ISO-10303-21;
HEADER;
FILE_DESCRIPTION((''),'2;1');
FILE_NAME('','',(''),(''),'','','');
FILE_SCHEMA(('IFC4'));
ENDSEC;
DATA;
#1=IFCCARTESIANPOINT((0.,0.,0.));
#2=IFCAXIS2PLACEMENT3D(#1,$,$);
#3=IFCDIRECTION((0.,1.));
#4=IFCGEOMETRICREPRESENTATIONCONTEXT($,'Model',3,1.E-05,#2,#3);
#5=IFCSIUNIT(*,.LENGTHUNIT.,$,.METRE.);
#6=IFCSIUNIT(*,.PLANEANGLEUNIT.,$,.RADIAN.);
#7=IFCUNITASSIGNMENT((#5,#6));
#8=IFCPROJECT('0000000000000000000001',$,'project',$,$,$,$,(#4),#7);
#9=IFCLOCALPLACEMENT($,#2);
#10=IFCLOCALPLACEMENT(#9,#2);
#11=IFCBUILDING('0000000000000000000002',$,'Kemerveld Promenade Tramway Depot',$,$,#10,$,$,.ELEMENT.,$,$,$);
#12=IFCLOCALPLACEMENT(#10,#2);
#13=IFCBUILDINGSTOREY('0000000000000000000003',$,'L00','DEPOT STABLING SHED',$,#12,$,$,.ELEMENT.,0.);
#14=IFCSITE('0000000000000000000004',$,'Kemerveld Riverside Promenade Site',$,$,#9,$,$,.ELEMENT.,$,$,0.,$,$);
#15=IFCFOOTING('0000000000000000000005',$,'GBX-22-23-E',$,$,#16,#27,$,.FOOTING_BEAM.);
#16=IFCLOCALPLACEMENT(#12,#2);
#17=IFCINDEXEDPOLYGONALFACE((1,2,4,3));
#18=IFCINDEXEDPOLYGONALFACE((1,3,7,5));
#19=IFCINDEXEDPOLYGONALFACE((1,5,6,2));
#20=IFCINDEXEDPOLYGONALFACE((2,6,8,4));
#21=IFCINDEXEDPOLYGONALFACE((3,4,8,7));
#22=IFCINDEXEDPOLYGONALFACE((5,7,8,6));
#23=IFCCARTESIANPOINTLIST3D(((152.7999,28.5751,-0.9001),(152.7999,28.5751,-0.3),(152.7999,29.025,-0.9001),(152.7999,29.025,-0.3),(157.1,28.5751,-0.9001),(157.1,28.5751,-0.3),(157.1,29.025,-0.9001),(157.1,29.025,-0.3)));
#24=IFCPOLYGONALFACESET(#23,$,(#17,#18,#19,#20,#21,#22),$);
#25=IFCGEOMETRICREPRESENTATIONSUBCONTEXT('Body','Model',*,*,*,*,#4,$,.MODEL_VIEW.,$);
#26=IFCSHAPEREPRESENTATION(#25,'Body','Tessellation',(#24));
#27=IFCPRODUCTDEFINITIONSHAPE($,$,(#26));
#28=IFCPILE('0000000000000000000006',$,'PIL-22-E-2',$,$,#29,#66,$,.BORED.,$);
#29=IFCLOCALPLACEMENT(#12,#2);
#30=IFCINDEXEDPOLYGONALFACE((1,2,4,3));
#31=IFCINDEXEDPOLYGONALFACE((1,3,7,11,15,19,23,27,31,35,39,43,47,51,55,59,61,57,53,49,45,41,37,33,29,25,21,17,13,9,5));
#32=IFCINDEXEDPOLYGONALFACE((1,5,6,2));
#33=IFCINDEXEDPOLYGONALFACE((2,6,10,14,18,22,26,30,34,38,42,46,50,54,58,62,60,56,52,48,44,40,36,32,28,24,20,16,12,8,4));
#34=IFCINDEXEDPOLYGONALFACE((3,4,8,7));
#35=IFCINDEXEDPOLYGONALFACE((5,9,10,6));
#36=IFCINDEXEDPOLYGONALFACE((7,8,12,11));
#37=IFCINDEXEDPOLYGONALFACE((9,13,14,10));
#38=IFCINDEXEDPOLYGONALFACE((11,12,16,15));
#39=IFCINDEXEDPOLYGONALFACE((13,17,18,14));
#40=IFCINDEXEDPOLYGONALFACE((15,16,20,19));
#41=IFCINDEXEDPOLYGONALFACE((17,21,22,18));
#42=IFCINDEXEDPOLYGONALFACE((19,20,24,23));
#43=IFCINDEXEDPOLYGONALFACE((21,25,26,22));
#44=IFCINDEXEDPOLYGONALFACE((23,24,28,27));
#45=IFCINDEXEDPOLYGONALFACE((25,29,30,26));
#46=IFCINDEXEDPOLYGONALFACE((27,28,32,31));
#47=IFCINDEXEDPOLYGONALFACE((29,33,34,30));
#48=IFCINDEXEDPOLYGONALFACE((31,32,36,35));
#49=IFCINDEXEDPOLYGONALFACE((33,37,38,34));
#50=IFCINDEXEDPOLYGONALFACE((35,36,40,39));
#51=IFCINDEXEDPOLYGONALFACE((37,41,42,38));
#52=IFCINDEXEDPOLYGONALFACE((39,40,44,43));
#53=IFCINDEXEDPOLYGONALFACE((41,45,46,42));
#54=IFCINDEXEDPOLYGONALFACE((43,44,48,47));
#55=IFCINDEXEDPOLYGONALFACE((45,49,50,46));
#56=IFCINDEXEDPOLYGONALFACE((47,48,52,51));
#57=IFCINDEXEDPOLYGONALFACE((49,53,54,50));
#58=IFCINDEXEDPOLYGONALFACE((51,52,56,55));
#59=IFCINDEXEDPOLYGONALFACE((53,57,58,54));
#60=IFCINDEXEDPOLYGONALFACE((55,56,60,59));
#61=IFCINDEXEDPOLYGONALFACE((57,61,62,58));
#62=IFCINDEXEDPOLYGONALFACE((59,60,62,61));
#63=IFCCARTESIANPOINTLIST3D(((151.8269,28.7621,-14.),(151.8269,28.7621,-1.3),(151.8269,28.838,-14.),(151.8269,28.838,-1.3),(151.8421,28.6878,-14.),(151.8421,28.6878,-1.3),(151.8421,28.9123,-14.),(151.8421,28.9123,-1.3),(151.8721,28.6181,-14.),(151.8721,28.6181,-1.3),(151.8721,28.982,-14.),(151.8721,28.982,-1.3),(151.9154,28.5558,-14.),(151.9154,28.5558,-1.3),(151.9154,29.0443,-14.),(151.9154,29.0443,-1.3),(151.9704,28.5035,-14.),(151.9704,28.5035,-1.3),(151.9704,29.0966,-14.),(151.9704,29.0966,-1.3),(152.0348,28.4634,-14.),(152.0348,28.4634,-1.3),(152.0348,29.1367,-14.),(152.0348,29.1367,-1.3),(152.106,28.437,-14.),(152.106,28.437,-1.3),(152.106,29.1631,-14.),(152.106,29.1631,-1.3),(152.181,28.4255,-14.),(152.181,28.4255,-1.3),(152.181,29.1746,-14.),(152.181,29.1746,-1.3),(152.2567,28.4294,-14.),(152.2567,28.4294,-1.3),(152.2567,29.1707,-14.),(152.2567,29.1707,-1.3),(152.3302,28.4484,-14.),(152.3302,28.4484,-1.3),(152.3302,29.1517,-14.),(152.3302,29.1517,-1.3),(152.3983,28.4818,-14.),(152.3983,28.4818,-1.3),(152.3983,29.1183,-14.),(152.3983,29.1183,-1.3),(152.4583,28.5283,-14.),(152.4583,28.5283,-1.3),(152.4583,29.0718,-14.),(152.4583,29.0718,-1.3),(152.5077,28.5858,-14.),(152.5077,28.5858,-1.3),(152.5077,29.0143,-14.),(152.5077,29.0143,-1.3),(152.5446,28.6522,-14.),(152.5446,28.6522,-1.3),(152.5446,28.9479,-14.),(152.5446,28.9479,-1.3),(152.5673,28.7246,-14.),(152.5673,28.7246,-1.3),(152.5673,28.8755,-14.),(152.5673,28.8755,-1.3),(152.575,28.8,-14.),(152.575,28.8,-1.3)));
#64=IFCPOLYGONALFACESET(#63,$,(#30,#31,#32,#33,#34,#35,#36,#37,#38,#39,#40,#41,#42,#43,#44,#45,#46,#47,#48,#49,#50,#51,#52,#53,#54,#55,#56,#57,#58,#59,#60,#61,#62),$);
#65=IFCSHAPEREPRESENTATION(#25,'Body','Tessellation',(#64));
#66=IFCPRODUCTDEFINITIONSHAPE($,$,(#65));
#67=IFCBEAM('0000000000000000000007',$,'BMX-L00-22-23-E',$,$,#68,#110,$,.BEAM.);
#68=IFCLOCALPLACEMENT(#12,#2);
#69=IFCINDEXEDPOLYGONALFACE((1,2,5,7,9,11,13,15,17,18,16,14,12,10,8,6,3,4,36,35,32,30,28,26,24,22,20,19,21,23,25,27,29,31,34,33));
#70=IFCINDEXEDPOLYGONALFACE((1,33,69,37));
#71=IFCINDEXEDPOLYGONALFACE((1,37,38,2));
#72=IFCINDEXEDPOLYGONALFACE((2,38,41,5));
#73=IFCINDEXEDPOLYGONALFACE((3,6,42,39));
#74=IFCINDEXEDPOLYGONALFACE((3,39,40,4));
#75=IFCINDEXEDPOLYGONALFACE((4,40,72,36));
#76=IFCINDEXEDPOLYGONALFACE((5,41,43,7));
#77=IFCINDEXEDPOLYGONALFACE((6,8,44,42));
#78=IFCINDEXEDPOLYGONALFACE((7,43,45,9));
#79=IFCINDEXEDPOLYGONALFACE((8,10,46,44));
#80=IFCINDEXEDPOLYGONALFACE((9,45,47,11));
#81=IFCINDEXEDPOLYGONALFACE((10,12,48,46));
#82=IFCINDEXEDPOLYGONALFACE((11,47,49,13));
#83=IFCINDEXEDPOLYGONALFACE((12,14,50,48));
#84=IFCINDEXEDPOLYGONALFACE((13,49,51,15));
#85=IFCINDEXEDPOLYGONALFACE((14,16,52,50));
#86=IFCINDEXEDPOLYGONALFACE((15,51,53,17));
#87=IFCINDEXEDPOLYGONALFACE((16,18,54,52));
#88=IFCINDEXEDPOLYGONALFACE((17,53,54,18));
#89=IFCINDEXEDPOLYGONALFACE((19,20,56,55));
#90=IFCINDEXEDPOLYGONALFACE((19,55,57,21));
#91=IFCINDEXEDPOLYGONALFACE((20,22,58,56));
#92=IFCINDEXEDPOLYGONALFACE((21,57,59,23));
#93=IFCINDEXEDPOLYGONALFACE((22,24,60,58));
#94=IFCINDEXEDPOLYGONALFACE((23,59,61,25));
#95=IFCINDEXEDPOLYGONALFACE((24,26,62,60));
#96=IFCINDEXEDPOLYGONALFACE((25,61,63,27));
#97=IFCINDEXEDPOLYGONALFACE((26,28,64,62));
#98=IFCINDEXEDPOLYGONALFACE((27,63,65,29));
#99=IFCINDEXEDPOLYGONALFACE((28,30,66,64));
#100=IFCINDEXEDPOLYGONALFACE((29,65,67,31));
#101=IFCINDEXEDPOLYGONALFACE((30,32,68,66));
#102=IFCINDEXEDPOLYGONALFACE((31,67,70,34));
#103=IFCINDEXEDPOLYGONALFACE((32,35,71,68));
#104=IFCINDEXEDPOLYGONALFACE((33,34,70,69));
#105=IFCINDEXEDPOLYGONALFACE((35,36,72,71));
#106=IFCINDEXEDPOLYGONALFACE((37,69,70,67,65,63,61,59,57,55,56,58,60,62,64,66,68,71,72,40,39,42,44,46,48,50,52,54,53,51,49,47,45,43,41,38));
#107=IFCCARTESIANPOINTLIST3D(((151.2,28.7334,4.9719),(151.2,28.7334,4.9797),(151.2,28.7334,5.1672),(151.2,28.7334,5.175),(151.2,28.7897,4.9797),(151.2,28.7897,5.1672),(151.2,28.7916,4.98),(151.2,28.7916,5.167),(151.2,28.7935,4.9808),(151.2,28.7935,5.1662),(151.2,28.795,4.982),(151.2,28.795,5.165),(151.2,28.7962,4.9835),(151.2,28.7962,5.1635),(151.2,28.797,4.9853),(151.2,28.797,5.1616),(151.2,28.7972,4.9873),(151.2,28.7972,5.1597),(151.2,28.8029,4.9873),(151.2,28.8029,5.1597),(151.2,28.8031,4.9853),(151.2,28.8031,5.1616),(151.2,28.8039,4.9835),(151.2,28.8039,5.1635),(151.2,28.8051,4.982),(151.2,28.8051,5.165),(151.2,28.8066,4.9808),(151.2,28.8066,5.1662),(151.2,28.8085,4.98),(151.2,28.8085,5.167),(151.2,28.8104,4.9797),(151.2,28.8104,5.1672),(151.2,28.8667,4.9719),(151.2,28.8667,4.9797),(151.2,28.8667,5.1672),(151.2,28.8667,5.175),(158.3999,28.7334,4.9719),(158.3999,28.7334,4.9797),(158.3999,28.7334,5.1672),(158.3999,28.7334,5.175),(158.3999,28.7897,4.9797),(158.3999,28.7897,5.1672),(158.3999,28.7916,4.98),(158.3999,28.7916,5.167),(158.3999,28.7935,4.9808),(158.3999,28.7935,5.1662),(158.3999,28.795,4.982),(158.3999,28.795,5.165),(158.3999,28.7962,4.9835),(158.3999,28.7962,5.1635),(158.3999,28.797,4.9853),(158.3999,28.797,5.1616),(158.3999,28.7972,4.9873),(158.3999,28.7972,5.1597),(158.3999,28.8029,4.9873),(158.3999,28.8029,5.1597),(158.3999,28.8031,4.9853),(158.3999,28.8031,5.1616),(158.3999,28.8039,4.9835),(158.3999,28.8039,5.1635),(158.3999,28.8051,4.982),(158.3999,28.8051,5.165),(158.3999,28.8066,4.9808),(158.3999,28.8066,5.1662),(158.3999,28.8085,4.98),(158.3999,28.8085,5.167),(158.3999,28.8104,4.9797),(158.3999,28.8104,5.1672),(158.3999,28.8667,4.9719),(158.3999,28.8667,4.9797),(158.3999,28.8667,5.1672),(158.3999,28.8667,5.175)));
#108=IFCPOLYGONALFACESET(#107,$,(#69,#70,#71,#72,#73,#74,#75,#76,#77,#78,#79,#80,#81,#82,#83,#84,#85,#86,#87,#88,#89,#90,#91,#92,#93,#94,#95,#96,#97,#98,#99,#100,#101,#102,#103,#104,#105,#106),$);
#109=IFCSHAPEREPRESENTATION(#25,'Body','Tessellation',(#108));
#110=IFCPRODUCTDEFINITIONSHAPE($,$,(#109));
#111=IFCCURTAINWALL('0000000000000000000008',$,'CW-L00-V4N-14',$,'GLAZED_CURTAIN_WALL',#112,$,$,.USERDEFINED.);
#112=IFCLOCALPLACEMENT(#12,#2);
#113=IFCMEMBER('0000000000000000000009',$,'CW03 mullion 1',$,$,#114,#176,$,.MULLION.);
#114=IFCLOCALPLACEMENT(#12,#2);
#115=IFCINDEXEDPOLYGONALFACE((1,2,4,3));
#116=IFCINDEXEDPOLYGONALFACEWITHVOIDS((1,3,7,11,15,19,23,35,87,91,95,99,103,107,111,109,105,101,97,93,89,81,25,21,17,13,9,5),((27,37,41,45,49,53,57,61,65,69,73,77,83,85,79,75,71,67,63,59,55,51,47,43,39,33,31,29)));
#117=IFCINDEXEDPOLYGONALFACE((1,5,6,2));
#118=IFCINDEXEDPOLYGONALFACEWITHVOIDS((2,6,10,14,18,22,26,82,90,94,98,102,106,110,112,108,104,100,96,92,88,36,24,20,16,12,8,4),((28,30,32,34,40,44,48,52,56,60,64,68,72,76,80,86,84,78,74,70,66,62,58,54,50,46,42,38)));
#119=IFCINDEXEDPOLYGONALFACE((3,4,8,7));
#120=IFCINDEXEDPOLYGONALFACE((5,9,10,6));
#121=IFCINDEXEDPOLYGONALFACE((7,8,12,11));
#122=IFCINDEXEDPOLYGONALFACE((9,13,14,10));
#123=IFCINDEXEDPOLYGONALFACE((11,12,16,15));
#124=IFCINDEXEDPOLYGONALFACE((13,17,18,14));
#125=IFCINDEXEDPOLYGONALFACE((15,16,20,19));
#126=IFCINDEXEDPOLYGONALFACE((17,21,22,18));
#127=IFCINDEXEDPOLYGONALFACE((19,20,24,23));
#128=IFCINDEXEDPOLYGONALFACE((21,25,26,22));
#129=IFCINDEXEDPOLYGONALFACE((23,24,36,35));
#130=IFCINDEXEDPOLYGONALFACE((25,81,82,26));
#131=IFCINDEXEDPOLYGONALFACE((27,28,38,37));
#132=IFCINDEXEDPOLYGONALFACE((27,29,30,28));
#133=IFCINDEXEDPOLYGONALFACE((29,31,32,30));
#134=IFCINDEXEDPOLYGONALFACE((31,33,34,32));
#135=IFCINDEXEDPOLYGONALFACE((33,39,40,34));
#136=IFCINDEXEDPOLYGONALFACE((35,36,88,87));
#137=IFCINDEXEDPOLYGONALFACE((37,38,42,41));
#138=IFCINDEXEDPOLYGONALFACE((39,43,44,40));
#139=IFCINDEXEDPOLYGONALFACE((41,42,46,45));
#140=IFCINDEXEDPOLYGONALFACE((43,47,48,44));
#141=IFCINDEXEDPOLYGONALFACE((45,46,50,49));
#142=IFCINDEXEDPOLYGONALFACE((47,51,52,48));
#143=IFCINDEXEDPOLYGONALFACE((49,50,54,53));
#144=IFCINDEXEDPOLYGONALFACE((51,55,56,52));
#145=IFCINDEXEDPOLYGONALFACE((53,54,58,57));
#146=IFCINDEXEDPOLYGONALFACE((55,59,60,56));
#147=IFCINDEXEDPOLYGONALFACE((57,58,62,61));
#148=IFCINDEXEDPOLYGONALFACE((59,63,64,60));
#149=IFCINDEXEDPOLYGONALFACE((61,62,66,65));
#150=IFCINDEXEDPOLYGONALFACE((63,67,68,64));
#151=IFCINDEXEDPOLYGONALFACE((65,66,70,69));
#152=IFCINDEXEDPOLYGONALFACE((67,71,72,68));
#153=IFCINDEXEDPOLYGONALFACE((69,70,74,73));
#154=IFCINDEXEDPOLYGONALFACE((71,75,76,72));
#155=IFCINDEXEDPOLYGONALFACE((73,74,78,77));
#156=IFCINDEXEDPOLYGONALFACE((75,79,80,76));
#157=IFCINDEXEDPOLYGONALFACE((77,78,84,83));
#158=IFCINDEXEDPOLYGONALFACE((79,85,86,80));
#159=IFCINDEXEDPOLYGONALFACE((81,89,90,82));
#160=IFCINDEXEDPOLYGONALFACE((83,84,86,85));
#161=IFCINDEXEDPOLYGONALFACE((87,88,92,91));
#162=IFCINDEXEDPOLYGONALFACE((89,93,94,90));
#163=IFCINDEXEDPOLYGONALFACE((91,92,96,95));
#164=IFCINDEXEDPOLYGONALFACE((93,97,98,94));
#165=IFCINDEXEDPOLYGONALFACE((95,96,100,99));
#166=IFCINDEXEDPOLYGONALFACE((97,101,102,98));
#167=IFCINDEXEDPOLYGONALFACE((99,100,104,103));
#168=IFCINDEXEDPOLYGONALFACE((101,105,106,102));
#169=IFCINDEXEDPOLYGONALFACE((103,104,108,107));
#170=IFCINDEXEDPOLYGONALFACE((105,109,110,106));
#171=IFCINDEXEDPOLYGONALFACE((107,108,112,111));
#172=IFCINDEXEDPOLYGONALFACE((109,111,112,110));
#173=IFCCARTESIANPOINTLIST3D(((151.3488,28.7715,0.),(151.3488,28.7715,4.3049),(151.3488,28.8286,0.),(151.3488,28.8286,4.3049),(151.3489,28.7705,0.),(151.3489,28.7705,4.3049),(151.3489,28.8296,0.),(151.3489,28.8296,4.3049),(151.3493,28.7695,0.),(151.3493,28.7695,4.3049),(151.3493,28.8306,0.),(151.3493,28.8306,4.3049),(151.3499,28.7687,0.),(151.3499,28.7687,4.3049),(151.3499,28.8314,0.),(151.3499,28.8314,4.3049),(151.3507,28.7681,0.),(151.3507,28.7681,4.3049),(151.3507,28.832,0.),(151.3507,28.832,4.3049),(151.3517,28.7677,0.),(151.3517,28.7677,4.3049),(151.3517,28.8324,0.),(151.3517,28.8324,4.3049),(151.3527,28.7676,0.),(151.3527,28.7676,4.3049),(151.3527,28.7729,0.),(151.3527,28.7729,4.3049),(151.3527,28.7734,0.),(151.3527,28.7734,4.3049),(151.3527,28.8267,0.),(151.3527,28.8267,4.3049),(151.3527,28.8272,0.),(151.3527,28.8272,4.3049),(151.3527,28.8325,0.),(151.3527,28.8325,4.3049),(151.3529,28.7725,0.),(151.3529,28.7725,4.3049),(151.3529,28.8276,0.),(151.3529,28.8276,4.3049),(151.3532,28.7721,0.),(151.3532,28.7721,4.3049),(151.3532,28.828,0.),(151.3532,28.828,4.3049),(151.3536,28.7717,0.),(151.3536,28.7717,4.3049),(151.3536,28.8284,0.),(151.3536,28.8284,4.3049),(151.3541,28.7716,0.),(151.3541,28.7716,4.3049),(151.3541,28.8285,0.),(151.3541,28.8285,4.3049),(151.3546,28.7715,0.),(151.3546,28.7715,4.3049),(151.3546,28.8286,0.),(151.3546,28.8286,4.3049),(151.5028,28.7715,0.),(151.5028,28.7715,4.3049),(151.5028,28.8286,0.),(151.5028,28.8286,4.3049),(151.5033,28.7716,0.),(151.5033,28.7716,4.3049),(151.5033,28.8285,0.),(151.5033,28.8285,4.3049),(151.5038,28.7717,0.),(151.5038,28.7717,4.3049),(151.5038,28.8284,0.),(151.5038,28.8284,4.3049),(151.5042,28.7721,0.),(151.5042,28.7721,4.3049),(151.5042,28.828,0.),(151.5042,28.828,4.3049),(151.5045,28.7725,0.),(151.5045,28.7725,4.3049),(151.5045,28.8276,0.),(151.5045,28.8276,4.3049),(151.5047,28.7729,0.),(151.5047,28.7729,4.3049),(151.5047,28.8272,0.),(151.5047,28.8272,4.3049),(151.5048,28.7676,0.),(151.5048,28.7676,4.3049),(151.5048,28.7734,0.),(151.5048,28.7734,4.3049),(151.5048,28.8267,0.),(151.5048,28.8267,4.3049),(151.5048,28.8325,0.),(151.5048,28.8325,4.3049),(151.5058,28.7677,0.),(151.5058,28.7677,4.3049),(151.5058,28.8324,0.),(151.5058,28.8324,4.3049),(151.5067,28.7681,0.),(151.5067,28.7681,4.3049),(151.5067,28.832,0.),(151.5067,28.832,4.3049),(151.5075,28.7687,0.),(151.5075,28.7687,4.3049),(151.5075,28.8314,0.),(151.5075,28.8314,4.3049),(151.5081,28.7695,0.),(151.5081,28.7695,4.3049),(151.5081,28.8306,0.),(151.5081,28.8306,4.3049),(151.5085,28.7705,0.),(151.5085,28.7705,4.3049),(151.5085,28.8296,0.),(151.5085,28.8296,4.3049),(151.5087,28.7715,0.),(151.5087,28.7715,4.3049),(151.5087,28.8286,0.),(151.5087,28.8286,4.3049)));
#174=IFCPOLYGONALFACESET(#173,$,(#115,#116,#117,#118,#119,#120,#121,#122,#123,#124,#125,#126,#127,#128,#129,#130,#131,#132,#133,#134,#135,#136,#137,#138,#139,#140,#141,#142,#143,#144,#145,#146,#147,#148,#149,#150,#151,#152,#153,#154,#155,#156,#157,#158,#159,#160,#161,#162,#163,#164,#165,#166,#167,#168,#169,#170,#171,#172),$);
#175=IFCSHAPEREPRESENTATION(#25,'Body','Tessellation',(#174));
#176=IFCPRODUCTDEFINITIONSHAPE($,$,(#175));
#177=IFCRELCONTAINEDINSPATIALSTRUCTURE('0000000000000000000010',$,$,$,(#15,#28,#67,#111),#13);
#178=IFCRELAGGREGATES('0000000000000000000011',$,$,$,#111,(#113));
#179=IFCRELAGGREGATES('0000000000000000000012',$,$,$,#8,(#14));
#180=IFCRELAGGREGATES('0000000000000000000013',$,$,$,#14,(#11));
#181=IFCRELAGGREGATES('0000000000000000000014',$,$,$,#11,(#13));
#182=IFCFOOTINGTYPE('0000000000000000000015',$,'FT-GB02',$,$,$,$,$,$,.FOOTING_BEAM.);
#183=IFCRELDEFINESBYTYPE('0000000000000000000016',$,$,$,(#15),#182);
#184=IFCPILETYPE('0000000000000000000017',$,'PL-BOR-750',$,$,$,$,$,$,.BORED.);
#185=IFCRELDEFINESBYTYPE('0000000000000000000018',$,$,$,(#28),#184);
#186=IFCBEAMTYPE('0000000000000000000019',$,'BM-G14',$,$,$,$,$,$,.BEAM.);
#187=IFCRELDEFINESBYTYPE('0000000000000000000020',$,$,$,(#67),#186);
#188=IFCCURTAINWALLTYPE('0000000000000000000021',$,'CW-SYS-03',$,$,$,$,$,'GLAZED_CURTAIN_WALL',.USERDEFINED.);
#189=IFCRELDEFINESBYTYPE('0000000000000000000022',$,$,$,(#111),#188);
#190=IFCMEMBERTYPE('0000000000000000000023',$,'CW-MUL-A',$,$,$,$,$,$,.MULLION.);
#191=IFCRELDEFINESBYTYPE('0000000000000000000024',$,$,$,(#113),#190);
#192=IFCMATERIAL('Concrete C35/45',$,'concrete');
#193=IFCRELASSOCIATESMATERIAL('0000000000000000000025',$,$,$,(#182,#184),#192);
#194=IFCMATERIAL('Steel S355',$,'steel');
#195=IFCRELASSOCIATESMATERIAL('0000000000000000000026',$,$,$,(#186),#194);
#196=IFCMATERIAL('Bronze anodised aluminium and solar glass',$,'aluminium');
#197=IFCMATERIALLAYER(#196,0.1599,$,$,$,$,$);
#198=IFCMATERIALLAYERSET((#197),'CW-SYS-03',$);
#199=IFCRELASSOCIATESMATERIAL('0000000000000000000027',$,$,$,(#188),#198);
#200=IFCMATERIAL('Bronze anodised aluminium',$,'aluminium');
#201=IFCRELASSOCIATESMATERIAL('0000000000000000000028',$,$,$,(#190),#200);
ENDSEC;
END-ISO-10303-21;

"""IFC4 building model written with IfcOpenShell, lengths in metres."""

from ifc_helpers import new_model, si_unit, direction, frame, origin, origin_2d, place, context, subcontext, project, spatial, rectangle, hollow_rectangle, circle, i_section, extrude, material, layer, layer_set, material_profile, profile_set, type_object, element, aggregate, save


model = new_model("IFC4")

# Units and contexts
model_context = context("Model", 3, precision=1e-05, world=origin(), true_north=direction((0.0, 1.0)))
body_context = subcontext(model_context, "Body", "Model", "MODEL_VIEW")
ifc_project = project(units=[si_unit("LENGTHUNIT", "METRE"), si_unit("PLANEANGLEUNIT", "RADIAN")], contexts=[model_context])

# Site, building, storey
site_placement = place(None, origin())
site = spatial("IfcSite", under=ifc_project, at=site_placement, Name="Kemerveld Riverside Promenade Site", CompositionType="ELEMENT", RefElevation=0.0)
building_placement = place(site_placement, origin())
building = spatial("IfcBuilding", under=site, at=building_placement, Name="Kemerveld Promenade Tramway Depot", CompositionType="ELEMENT")
storey_placement = place(building_placement, origin())
storey = spatial("IfcBuildingStorey", under=building, at=storey_placement, Name="L00", Description="DEPOT STABLING SHED", CompositionType="ELEMENT", Elevation=0.0)

# Footing
ifc_material_1 = material(Name="Concrete C35/45", Category="concrete")
footing_type = type_object("IfcFootingType", Name="FT-GB02", PredefinedType="FOOTING_BEAM", material=ifc_material_1)
footing_placement = place(storey_placement, frame((154.95, 28.8, -0.9001), z_axis=(0.0, 0.0, 1.0), x_axis=(1.0, 0.0, 0.0)))
element("IfcFooting", 1, at=footing_placement, inside=storey, type_object=footing_type, Name="GBX-22-23-E", PredefinedType="FOOTING_BEAM", context=body_context, shape_type="SweptSolid", body=[
    extrude(rectangle(XDim=4.3, YDim=0.45, at=origin_2d()), origin(), (0.0, 0.0, 1.0), 0.6001),
])

# Pile
ifc_material_profile_1 = material_profile(ifc_material_1, circle(Radius=0.375, at=origin_2d()), Name="PILE-D750")
ifc_profile_set_1 = profile_set([ifc_material_profile_1], Name="Concrete C35/45")
pile_type = type_object("IfcPileType", Name="PL-BOR-750", PredefinedType="BORED", material=ifc_profile_set_1)
pile_placement = place(storey_placement, frame((152.2, 28.8, -1.3), z_axis=(0.0, 0.0, -1.0), x_axis=(1.0, 0.0, 0.0)))
element("IfcPile", 2, at=pile_placement, inside=storey, type_object=pile_type, Name="PIL-22-E-2", PredefinedType="BORED", context=body_context, shape_type="SweptSolid", body=[
    extrude(circle(Radius=0.375, at=origin_2d()), origin(), (0.0, 0.0, 1.0), 12.7),
])

# Beam
ifc_material_2 = material(Name="Steel S355", Category="steel")
ifc_material_profile_2 = material_profile(ifc_material_2, i_section(OverallWidth=0.1333, OverallDepth=0.2031, WebThickness=0.0056, FlangeThickness=0.0078, FilletRadius=0.0076, at=origin_2d()), Name="203x133x25 UB")
ifc_profile_set_2 = profile_set([ifc_material_profile_2], Name="Steel S355")
beam_type = type_object("IfcBeamType", Name="BM-G14", PredefinedType="BEAM", material=ifc_profile_set_2)
beam_placement = place(storey_placement, frame((151.2, 28.8, 5.0735), z_axis=(1.0, 0.0, 0.0), x_axis=(0.0, 1.0, 0.0)))
element("IfcBeam", 3, at=beam_placement, inside=storey, type_object=beam_type, Name="BMX-L00-22-23-E", PredefinedType="BEAM", context=body_context, shape_type="SweptSolid", body=[
    extrude(i_section(OverallWidth=0.1333, OverallDepth=0.2031, WebThickness=0.0056, FlangeThickness=0.0078, FilletRadius=0.0076, at=origin_2d()), origin(), (0.0, 0.0, 1.0), 7.2),
])

# Curtain wall, member
ifc_material_3 = material(Name="Bronze anodised aluminium and solar glass", Category="aluminium")
ifc_layer_1 = layer(ifc_material_3, 0.1599)
ifc_layer_set_1 = layer_set([ifc_layer_1], Name="CW-SYS-03")
curtain_wall_type = type_object("IfcCurtainWallType", Name="CW-SYS-03", ElementType="GLAZED_CURTAIN_WALL", PredefinedType="USERDEFINED", material=ifc_layer_set_1)
curtain_wall_placement = place(storey_placement, origin())
curtain_wall = element("IfcCurtainWall", 4, at=curtain_wall_placement, inside=storey, type_object=curtain_wall_type, Name="CW-L00-V4N-14", ObjectType="GLAZED_CURTAIN_WALL", PredefinedType="USERDEFINED")
ifc_material_4 = material(Name="Bronze anodised aluminium", Category="aluminium")
ifc_material_profile_3 = material_profile(ifc_material_4, hollow_rectangle(XDim=0.0649, YDim=0.1599, WallThickness=0.0039, InnerFilletRadius=0.002, OuterFilletRadius=0.0039, at=origin_2d()), Name="CW-MUL-160x65")
ifc_profile_set_3 = profile_set([ifc_material_profile_3], Name="Bronze anodised aluminium")
member_type_1 = type_object("IfcMemberType", Name="CW-MUL-A", PredefinedType="MULLION", material=ifc_profile_set_3)
member_1_placement = place(storey_placement, frame((151.4287, 28.8, 0.0), z_axis=(0.0, 0.0, 1.0), x_axis=(0.0, 1.0, 0.0)))
member_1 = element("IfcMember", 5, at=member_1_placement, type_object=member_type_1, Name="CW03 mullion 1", PredefinedType="MULLION", context=body_context, shape_type="SweptSolid", body=[
    extrude(hollow_rectangle(XDim=0.0649, YDim=0.1599, WallThickness=0.0039, InnerFilletRadius=0.002, OuterFilletRadius=0.0039, at=origin_2d()), origin(), (0.0, 0.0, 1.0), 4.3049),
])
aggregate(curtain_wall, [member_1])

save(model, "model.ifc")
